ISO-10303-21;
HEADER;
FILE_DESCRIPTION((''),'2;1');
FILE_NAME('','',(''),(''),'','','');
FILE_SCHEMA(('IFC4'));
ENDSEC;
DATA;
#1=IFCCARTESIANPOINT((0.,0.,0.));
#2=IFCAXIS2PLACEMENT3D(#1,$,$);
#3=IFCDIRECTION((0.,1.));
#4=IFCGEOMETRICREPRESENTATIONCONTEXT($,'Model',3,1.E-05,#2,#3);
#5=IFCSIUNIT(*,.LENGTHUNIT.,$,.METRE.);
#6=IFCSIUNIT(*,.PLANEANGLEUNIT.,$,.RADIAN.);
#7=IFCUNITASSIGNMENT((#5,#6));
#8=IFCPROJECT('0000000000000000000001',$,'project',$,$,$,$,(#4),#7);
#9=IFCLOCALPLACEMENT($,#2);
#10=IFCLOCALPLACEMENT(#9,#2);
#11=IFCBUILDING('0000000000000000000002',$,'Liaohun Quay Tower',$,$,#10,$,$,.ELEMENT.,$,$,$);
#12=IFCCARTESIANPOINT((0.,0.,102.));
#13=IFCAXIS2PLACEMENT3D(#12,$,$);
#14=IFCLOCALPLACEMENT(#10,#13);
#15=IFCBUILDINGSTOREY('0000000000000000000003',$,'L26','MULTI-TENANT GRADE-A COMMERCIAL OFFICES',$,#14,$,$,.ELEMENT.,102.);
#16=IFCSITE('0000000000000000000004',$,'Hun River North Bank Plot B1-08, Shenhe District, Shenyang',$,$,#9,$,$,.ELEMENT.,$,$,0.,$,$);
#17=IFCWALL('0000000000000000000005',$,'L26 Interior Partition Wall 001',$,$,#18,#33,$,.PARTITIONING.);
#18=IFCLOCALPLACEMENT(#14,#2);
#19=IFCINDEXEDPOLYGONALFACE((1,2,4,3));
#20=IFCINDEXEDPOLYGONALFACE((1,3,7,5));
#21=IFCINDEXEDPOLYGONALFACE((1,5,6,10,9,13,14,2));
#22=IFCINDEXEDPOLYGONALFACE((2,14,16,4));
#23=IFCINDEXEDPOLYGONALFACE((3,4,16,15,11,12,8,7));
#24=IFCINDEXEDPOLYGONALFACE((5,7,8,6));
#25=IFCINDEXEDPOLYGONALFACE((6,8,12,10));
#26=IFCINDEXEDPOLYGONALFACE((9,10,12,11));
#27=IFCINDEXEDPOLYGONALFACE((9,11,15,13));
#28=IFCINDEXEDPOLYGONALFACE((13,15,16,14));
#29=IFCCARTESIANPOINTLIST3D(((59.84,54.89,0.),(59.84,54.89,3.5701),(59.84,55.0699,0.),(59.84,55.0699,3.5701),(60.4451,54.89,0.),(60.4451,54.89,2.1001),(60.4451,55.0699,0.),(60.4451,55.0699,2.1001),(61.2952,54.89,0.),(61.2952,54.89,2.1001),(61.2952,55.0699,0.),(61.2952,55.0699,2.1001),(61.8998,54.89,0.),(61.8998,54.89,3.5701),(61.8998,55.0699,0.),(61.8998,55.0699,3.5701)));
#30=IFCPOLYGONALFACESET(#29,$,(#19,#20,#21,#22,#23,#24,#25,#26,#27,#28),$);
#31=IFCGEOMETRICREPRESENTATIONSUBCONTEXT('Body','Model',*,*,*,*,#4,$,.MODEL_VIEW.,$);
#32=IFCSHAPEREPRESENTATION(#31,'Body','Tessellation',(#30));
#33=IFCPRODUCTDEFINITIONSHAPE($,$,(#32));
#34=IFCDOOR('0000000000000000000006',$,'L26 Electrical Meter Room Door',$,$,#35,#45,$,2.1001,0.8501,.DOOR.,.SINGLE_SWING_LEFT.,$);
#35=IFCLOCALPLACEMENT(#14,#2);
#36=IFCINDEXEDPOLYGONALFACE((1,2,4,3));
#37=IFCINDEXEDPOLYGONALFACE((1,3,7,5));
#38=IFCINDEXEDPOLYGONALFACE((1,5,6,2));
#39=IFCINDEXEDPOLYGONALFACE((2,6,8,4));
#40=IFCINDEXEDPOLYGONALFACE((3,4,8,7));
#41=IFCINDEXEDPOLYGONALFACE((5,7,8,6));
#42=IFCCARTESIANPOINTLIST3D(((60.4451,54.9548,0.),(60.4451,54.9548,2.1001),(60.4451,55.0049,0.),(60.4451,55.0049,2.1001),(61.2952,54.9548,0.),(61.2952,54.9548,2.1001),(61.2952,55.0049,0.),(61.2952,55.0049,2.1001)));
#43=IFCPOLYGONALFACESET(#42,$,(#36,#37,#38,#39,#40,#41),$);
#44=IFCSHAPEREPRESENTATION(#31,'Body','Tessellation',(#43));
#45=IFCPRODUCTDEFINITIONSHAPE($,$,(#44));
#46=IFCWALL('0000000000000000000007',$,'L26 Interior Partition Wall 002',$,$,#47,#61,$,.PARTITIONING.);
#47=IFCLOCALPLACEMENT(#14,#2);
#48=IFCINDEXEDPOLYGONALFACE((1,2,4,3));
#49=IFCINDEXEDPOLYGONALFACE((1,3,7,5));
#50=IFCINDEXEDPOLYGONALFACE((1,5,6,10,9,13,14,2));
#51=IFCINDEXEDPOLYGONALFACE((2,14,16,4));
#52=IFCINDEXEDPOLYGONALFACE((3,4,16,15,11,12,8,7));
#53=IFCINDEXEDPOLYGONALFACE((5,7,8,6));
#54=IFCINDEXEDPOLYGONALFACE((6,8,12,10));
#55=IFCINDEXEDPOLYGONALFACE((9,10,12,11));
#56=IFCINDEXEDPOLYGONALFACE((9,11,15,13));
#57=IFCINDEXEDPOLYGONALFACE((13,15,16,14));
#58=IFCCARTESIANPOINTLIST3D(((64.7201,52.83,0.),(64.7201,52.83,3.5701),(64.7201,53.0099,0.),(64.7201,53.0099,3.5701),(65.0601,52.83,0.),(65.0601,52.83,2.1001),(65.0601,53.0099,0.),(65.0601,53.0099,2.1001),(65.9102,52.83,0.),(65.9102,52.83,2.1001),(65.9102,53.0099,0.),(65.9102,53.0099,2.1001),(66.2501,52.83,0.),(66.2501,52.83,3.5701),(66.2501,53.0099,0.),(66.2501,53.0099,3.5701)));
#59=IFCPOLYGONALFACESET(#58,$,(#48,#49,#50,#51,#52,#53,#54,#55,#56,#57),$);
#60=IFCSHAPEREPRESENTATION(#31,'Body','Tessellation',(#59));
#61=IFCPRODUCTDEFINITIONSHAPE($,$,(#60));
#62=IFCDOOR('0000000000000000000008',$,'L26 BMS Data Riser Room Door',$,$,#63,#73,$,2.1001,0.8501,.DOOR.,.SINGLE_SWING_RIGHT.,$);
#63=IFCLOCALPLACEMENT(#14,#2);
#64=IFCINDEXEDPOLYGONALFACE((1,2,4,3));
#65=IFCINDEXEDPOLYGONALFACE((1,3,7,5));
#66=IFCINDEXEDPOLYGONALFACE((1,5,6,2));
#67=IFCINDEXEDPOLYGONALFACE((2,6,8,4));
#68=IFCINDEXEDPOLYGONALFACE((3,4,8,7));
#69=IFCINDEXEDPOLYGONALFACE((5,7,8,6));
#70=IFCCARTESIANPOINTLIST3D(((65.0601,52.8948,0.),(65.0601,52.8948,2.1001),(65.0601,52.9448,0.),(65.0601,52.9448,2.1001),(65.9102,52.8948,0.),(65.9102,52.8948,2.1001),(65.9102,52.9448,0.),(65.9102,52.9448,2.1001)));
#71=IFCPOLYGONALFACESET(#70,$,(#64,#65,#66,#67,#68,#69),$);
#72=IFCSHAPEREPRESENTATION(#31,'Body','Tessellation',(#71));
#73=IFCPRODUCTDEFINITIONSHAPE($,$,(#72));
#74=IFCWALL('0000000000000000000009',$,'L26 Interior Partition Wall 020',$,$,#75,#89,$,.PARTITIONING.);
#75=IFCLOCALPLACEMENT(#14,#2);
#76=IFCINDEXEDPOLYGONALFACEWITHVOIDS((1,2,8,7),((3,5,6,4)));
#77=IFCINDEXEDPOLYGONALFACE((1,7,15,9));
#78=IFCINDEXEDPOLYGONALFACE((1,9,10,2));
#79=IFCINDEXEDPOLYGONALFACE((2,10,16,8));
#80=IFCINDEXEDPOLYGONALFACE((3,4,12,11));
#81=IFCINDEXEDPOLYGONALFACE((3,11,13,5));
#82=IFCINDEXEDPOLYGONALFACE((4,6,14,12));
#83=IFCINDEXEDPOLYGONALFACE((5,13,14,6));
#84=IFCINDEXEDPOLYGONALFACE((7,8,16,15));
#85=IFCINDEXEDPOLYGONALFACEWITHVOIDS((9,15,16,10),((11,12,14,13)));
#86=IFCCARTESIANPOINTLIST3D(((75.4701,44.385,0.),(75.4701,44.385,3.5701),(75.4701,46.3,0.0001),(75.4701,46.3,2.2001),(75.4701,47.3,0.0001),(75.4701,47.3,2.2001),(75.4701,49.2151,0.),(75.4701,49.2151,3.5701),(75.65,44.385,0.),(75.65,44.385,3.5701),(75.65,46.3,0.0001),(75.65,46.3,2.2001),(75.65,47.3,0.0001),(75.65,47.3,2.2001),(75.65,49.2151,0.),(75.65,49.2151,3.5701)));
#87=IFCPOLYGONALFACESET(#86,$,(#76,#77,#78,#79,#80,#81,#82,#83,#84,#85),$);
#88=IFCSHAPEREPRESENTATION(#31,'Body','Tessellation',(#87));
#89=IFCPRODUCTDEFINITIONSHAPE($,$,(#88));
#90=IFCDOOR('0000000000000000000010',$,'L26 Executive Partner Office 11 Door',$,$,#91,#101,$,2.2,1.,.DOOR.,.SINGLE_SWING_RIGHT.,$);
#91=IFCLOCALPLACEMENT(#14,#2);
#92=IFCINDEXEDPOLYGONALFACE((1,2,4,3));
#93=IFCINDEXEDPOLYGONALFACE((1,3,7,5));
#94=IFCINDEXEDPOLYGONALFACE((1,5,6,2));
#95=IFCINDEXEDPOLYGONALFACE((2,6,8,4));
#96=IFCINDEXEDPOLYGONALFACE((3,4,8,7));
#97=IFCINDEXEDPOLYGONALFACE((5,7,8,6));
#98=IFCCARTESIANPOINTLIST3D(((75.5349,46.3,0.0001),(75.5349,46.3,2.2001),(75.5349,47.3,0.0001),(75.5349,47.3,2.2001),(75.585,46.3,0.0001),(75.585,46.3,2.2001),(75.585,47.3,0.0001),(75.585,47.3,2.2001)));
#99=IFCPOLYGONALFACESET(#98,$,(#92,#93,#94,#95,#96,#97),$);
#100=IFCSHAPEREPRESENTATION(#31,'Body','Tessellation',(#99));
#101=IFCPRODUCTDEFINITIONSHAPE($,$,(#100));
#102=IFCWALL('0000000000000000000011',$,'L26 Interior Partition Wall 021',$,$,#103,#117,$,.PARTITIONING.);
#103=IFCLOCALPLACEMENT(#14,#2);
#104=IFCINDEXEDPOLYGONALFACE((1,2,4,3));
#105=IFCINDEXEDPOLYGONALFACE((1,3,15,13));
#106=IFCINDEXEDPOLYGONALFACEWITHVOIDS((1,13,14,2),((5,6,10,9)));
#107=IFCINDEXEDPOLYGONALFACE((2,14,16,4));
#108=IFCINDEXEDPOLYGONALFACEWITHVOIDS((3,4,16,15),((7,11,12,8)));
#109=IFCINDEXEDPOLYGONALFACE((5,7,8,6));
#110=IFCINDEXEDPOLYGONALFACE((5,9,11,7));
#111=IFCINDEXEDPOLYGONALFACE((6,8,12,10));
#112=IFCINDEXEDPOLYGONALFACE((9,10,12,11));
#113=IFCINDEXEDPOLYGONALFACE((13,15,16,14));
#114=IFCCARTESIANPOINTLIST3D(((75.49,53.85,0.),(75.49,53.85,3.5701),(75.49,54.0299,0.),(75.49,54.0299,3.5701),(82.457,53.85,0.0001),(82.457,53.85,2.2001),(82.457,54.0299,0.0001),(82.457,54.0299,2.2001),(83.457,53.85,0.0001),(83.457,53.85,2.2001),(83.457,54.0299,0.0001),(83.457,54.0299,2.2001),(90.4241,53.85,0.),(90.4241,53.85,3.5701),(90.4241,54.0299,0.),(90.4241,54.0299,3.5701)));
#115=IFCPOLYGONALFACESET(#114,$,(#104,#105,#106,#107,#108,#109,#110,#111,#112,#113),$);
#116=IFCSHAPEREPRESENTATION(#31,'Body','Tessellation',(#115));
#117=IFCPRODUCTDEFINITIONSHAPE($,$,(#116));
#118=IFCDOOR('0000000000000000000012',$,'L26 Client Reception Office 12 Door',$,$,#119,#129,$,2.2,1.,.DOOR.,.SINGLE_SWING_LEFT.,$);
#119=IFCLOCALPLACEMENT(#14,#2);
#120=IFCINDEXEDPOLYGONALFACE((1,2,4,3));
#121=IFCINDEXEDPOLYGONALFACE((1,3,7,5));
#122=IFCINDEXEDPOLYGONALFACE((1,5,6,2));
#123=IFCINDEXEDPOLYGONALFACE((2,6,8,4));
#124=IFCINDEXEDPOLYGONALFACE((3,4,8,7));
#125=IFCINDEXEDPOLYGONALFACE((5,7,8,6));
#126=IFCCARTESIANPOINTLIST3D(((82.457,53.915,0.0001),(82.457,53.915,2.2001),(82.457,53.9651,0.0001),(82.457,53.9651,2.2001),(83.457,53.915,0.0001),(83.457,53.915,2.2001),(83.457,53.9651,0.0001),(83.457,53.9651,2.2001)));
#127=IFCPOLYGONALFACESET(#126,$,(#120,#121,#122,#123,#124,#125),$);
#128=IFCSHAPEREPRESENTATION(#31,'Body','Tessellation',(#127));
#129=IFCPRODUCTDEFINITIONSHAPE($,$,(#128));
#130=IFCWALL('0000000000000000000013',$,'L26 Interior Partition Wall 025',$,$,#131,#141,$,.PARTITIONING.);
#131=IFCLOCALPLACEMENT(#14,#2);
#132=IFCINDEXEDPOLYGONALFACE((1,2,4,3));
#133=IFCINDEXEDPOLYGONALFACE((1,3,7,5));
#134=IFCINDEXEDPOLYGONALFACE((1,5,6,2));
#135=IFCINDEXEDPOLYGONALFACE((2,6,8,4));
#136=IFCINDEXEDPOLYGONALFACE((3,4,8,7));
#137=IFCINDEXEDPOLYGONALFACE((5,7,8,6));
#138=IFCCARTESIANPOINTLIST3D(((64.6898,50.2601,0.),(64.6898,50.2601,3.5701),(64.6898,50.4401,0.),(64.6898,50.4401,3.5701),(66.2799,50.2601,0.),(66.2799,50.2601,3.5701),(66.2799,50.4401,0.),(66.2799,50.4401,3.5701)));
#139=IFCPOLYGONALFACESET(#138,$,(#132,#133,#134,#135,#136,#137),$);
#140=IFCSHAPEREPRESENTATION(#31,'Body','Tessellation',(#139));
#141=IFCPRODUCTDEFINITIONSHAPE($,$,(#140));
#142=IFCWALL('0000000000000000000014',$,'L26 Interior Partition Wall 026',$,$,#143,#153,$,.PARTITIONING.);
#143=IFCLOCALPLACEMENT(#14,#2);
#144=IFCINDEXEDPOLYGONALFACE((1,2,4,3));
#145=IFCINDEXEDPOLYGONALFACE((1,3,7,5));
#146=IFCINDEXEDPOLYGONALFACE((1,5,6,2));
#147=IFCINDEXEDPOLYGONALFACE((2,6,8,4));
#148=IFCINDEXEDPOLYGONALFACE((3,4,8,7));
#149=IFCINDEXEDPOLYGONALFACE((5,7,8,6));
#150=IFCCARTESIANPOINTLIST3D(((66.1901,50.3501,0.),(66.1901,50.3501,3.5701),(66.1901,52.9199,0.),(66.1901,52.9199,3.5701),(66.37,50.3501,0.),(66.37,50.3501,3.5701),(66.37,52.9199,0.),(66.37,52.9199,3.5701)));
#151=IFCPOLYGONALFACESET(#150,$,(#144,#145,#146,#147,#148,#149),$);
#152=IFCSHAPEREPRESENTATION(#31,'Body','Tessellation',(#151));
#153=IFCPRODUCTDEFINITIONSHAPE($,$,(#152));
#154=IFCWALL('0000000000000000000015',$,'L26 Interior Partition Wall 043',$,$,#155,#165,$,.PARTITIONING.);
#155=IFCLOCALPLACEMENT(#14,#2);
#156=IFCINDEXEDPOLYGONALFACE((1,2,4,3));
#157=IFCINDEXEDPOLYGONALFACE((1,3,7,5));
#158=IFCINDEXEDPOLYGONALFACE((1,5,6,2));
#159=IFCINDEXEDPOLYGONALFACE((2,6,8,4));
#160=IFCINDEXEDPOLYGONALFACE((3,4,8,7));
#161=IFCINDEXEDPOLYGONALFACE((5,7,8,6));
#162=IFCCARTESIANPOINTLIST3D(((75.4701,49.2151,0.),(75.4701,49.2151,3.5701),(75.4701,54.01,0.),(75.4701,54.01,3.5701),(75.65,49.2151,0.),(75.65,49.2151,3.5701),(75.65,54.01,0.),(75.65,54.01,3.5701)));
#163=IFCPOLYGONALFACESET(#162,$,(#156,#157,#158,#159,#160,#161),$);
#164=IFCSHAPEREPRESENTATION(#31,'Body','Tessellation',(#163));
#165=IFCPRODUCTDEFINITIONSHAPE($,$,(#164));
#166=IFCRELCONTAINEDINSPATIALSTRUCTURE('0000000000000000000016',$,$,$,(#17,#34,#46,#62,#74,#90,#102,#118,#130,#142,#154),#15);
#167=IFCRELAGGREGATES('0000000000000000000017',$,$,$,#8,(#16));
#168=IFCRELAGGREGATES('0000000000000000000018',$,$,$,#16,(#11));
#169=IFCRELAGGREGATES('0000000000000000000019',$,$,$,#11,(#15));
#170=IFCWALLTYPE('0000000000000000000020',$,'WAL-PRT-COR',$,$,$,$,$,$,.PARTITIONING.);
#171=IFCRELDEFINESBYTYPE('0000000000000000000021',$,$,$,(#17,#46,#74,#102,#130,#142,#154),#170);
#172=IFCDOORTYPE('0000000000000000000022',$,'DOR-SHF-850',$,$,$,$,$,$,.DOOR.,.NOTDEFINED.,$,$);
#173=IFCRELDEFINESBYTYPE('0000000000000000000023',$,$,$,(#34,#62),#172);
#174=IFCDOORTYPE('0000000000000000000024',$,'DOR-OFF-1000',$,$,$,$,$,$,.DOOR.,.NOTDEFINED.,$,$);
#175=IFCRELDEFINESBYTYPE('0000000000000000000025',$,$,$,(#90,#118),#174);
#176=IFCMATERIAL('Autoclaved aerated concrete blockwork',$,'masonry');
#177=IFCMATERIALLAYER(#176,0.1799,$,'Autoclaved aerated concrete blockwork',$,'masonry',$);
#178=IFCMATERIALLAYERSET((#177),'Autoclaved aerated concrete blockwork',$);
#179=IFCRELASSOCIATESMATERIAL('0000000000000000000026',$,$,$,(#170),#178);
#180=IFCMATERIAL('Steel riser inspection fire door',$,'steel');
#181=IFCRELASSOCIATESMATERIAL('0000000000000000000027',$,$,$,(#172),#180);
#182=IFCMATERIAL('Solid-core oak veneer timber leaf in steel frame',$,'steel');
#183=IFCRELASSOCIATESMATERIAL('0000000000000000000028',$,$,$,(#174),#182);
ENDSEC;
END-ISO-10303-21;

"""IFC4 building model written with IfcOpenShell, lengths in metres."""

from ifc_helpers import new_model, si_unit, direction, frame, frame_2d, origin, place, context, subcontext, project, spatial, rectangle, extrude, source, transform, mapped, material, layer, layer_set, type_object, element, fill, save


model = new_model("IFC4")

# Units and contexts
model_context = context("Model", 3, precision=1e-05, world=origin(), true_north=direction((0.0, 1.0)))
body_context = subcontext(model_context, "Body", "Model", "MODEL_VIEW")
ifc_project = project(units=[si_unit("LENGTHUNIT", "METRE"), si_unit("PLANEANGLEUNIT", "RADIAN")], contexts=[model_context])

# Site, building, storey
site_placement = place(None, origin())
site = spatial("IfcSite", under=ifc_project, at=site_placement, Name="Hun River North Bank Plot B1-08, Shenhe District, Shenyang", CompositionType="ELEMENT", RefElevation=0.0)
building_placement = place(site_placement, origin())
building = spatial("IfcBuilding", under=site, at=building_placement, Name="Liaohun Quay Tower", CompositionType="ELEMENT")
storey_placement = place(building_placement, frame((0.0, 0.0, 102.0)))
storey = spatial("IfcBuildingStorey", under=building, at=storey_placement, Name="L26", Description="MULTI-TENANT GRADE-A COMMERCIAL OFFICES", CompositionType="ELEMENT", Elevation=102.0)

# Walls, openings, doors
ifc_material_1 = material(Name="Autoclaved aerated concrete blockwork", Category="masonry")
ifc_layer_1 = layer(ifc_material_1, 0.1799, Name="Autoclaved aerated concrete blockwork", Category="masonry")
ifc_layer_set_1 = layer_set([ifc_layer_1], Name="Autoclaved aerated concrete blockwork")
wall_type_1 = type_object("IfcWallType", Name="WAL-PRT-COR", PredefinedType="PARTITIONING", material=ifc_layer_set_1)
wall_1_placement = place(storey_placement, frame((59.8401, 54.98, 0.0), z_axis=(0.0, 0.0, 1.0), x_axis=(1.0, 0.0, 0.0)))
wall_1 = element("IfcWall", 1, at=wall_1_placement, inside=storey, type_object=wall_type_1, Name="L26 Interior Partition Wall 001", PredefinedType="PARTITIONING", context=body_context, shape_type="SweptSolid", body=[
    extrude(rectangle(XDim=2.0598, YDim=0.1799, at=frame_2d((1.0298, 0.0))), origin(), (0.0, 0.0, 1.0), 3.5701),
])
shared_shape_1 = source(origin(), body_context, "Body", "SweptSolid", [
    extrude(rectangle(XDim=0.8501, YDim=2.1001, at=frame_2d((0.425, 1.05))), frame((0.0, 0.0999, 0.0), z_axis=(0.0, -1.0, 0.0), x_axis=(1.0, 0.0, 0.0)), (0.0, 0.0, 1.0), 0.2),
])
opening_1_placement = place(wall_1_placement, frame((0.605, 0.0, 0.0)))
opening_1 = element("IfcOpeningElement", 2, at=opening_1_placement, cuts=wall_1, PredefinedType="OPENING", context=body_context, shape_type="MappedRepresentation", body=[
    mapped(shared_shape_1, transform((0.0, 0.0, 0.0), x_axis=(1.0, 0.0, 0.0), y_axis=(0.0, 1.0, 0.0), z_axis=(0.0, 0.0, 1.0), scale=1.0)),
])
ifc_material_2 = material(Name="Steel riser inspection fire door", Category="steel")
door_type_1 = type_object("IfcDoorType", Name="DOR-SHF-850", OperationType="NOTDEFINED", PredefinedType="DOOR", material=ifc_material_2)
shared_shape_2 = source(origin(), body_context, "Body", "SweptSolid", [
    extrude(rectangle(XDim=0.8501, YDim=2.1001, at=frame_2d((0.425, 1.05))), frame((0.0, 0.0249, 0.0), z_axis=(0.0, -1.0, 0.0), x_axis=(1.0, 0.0, 0.0)), (0.0, 0.0, 1.0), 0.05),
])
door_1_placement = place(opening_1_placement, origin())
door_1 = element("IfcDoor", 3, at=door_1_placement, inside=storey, type_object=door_type_1, Name="L26 Electrical Meter Room Door", OperationType="SINGLE_SWING_LEFT", OverallHeight=2.1001, OverallWidth=0.8501, PredefinedType="DOOR", context=body_context, shape_type="MappedRepresentation", body=[
    mapped(shared_shape_2, transform((0.0, 0.0, 0.0), x_axis=(1.0, 0.0, 0.0), y_axis=(0.0, 1.0, 0.0), z_axis=(0.0, 0.0, 1.0), scale=1.0)),
])
fill(opening_1, door_1)
wall_2_placement = place(storey_placement, frame((64.72, 52.9199, 0.0), z_axis=(0.0, 0.0, 1.0), x_axis=(1.0, 0.0, 0.0)))
wall_2 = element("IfcWall", 4, at=wall_2_placement, inside=storey, type_object=wall_type_1, Name="L26 Interior Partition Wall 002", PredefinedType="PARTITIONING", context=body_context, shape_type="SweptSolid", body=[
    extrude(rectangle(XDim=1.53, YDim=0.1799, at=frame_2d((0.7651, 0.0))), origin(), (0.0, 0.0, 1.0), 3.5701),
])
opening_2_placement = place(wall_2_placement, frame((0.3401, 0.0, 0.0)))
opening_2 = element("IfcOpeningElement", 5, at=opening_2_placement, cuts=wall_2, PredefinedType="OPENING", context=body_context, shape_type="MappedRepresentation", body=[
    mapped(shared_shape_1, transform((0.0, 0.0, 0.0), x_axis=(1.0, 0.0, 0.0), y_axis=(0.0, 1.0, 0.0), z_axis=(0.0, 0.0, 1.0), scale=1.0)),
])
door_2_placement = place(opening_2_placement, origin())
door_2 = element("IfcDoor", 6, at=door_2_placement, inside=storey, type_object=door_type_1, Name="L26 BMS Data Riser Room Door", OperationType="SINGLE_SWING_RIGHT", OverallHeight=2.1001, OverallWidth=0.8501, PredefinedType="DOOR", context=body_context, shape_type="MappedRepresentation", body=[
    mapped(shared_shape_2, transform((0.0, 0.0, 0.0), x_axis=(1.0, 0.0, 0.0), y_axis=(0.0, 1.0, 0.0), z_axis=(0.0, 0.0, 1.0), scale=1.0)),
])
fill(opening_2, door_2)
wall_3_placement = place(storey_placement, frame((75.5601, 49.2151, 0.0), z_axis=(0.0, 0.0, 1.0), x_axis=(0.0, -1.0, 0.0)))
wall_3 = element("IfcWall", 7, at=wall_3_placement, inside=storey, type_object=wall_type_1, Name="L26 Interior Partition Wall 020", PredefinedType="PARTITIONING", context=body_context, shape_type="SweptSolid", body=[
    extrude(rectangle(XDim=4.8301, YDim=0.1799, at=frame_2d((2.415, 0.0))), origin(), (0.0, 0.0, 1.0), 3.5701),
])
shared_shape_3 = source(origin(), body_context, "Body", "SweptSolid", [
    extrude(rectangle(XDim=1.0, YDim=2.2, at=frame_2d((0.5, 1.1001))), frame((0.0, 0.0999, 0.0), z_axis=(0.0, -1.0, 0.0), x_axis=(1.0, 0.0, 0.0)), (0.0, 0.0, 1.0), 0.2),
])
opening_3_placement = place(wall_3_placement, frame((1.915, 0.0, 0.0)))
opening_3 = element("IfcOpeningElement", 8, at=opening_3_placement, cuts=wall_3, PredefinedType="OPENING", context=body_context, shape_type="MappedRepresentation", body=[
    mapped(shared_shape_3, transform((0.0, 0.0, 0.0), x_axis=(1.0, 0.0, 0.0), y_axis=(0.0, 1.0, 0.0), z_axis=(0.0, 0.0, 1.0), scale=1.0)),
])
ifc_material_3 = material(Name="Solid-core oak veneer timber leaf in steel frame", Category="steel")
door_type_2 = type_object("IfcDoorType", Name="DOR-OFF-1000", OperationType="NOTDEFINED", PredefinedType="DOOR", material=ifc_material_3)
shared_shape_4 = source(origin(), body_context, "Body", "SweptSolid", [
    extrude(rectangle(XDim=1.0, YDim=2.2, at=frame_2d((0.5, 1.1001))), frame((0.0, 0.0249, 0.0), z_axis=(0.0, -1.0, 0.0), x_axis=(1.0, 0.0, 0.0)), (0.0, 0.0, 1.0), 0.05),
])
door_3_placement = place(opening_3_placement, origin())
door_3 = element("IfcDoor", 9, at=door_3_placement, inside=storey, type_object=door_type_2, Name="L26 Executive Partner Office 11 Door", OperationType="SINGLE_SWING_RIGHT", OverallHeight=2.2, OverallWidth=1.0, PredefinedType="DOOR", context=body_context, shape_type="MappedRepresentation", body=[
    mapped(shared_shape_4, transform((0.0, 0.0, 0.0), x_axis=(1.0, 0.0, 0.0), y_axis=(0.0, 1.0, 0.0), z_axis=(0.0, 0.0, 1.0), scale=1.0)),
])
fill(opening_3, door_3)
wall_4_placement = place(storey_placement, frame((90.4241, 53.9399, 0.0), z_axis=(0.0, 0.0, 1.0), x_axis=(-1.0, 0.0, 0.0)))
wall_4 = element("IfcWall", 10, at=wall_4_placement, inside=storey, type_object=wall_type_1, Name="L26 Interior Partition Wall 021", PredefinedType="PARTITIONING", context=body_context, shape_type="SweptSolid", body=[
    extrude(rectangle(XDim=14.9341, YDim=0.1799, at=frame_2d((7.467, 0.0))), origin(), (0.0, 0.0, 1.0), 3.5701),
])
opening_4_placement = place(wall_4_placement, frame((6.967, 0.0, 0.0)))
opening_4 = element("IfcOpeningElement", 11, at=opening_4_placement, cuts=wall_4, PredefinedType="OPENING", context=body_context, shape_type="MappedRepresentation", body=[
    mapped(shared_shape_3, transform((0.0, 0.0, 0.0), x_axis=(1.0, 0.0, 0.0), y_axis=(0.0, 1.0, 0.0), z_axis=(0.0, 0.0, 1.0), scale=1.0)),
])
door_4_placement = place(opening_4_placement, origin())
door_4 = element("IfcDoor", 12, at=door_4_placement, inside=storey, type_object=door_type_2, Name="L26 Client Reception Office 12 Door", OperationType="SINGLE_SWING_LEFT", OverallHeight=2.2, OverallWidth=1.0, PredefinedType="DOOR", context=body_context, shape_type="MappedRepresentation", body=[
    mapped(shared_shape_4, transform((0.0, 0.0, 0.0), x_axis=(1.0, 0.0, 0.0), y_axis=(0.0, 1.0, 0.0), z_axis=(0.0, 0.0, 1.0), scale=1.0)),
])
fill(opening_4, door_4)

# Walls
wall_5_placement = place(storey_placement, frame((64.6899, 50.3501, 0.0), z_axis=(0.0, 0.0, 1.0), x_axis=(1.0, 0.0, 0.0)))
element("IfcWall", 13, at=wall_5_placement, inside=storey, type_object=wall_type_1, Name="L26 Interior Partition Wall 025", PredefinedType="PARTITIONING", context=body_context, shape_type="SweptSolid", body=[
    extrude(rectangle(XDim=1.5901, YDim=0.1799, at=frame_2d((0.7949, 0.0))), origin(), (0.0, 0.0, 1.0), 3.5701),
])
wall_6_placement = place(storey_placement, frame((66.28, 50.3501, 0.0), z_axis=(0.0, 0.0, 1.0), x_axis=(0.0, 1.0, 0.0)))
element("IfcWall", 14, at=wall_6_placement, inside=storey, type_object=wall_type_1, Name="L26 Interior Partition Wall 026", PredefinedType="PARTITIONING", context=body_context, shape_type="SweptSolid", body=[
    extrude(rectangle(XDim=2.5698, YDim=0.1799, at=frame_2d((1.2849, 0.0))), origin(), (0.0, 0.0, 1.0), 3.5701),
])
wall_7_placement = place(storey_placement, frame((75.5601, 54.01, 0.0), z_axis=(0.0, 0.0, 1.0), x_axis=(0.0, -1.0, 0.0)))
element("IfcWall", 15, at=wall_7_placement, inside=storey, type_object=wall_type_1, Name="L26 Interior Partition Wall 043", PredefinedType="PARTITIONING", context=body_context, shape_type="SweptSolid", body=[
    extrude(rectangle(XDim=4.7949, YDim=0.1799, at=frame_2d((2.3975, 0.0))), origin(), (0.0, 0.0, 1.0), 3.5701),
])

save(model, "model.ifc")
